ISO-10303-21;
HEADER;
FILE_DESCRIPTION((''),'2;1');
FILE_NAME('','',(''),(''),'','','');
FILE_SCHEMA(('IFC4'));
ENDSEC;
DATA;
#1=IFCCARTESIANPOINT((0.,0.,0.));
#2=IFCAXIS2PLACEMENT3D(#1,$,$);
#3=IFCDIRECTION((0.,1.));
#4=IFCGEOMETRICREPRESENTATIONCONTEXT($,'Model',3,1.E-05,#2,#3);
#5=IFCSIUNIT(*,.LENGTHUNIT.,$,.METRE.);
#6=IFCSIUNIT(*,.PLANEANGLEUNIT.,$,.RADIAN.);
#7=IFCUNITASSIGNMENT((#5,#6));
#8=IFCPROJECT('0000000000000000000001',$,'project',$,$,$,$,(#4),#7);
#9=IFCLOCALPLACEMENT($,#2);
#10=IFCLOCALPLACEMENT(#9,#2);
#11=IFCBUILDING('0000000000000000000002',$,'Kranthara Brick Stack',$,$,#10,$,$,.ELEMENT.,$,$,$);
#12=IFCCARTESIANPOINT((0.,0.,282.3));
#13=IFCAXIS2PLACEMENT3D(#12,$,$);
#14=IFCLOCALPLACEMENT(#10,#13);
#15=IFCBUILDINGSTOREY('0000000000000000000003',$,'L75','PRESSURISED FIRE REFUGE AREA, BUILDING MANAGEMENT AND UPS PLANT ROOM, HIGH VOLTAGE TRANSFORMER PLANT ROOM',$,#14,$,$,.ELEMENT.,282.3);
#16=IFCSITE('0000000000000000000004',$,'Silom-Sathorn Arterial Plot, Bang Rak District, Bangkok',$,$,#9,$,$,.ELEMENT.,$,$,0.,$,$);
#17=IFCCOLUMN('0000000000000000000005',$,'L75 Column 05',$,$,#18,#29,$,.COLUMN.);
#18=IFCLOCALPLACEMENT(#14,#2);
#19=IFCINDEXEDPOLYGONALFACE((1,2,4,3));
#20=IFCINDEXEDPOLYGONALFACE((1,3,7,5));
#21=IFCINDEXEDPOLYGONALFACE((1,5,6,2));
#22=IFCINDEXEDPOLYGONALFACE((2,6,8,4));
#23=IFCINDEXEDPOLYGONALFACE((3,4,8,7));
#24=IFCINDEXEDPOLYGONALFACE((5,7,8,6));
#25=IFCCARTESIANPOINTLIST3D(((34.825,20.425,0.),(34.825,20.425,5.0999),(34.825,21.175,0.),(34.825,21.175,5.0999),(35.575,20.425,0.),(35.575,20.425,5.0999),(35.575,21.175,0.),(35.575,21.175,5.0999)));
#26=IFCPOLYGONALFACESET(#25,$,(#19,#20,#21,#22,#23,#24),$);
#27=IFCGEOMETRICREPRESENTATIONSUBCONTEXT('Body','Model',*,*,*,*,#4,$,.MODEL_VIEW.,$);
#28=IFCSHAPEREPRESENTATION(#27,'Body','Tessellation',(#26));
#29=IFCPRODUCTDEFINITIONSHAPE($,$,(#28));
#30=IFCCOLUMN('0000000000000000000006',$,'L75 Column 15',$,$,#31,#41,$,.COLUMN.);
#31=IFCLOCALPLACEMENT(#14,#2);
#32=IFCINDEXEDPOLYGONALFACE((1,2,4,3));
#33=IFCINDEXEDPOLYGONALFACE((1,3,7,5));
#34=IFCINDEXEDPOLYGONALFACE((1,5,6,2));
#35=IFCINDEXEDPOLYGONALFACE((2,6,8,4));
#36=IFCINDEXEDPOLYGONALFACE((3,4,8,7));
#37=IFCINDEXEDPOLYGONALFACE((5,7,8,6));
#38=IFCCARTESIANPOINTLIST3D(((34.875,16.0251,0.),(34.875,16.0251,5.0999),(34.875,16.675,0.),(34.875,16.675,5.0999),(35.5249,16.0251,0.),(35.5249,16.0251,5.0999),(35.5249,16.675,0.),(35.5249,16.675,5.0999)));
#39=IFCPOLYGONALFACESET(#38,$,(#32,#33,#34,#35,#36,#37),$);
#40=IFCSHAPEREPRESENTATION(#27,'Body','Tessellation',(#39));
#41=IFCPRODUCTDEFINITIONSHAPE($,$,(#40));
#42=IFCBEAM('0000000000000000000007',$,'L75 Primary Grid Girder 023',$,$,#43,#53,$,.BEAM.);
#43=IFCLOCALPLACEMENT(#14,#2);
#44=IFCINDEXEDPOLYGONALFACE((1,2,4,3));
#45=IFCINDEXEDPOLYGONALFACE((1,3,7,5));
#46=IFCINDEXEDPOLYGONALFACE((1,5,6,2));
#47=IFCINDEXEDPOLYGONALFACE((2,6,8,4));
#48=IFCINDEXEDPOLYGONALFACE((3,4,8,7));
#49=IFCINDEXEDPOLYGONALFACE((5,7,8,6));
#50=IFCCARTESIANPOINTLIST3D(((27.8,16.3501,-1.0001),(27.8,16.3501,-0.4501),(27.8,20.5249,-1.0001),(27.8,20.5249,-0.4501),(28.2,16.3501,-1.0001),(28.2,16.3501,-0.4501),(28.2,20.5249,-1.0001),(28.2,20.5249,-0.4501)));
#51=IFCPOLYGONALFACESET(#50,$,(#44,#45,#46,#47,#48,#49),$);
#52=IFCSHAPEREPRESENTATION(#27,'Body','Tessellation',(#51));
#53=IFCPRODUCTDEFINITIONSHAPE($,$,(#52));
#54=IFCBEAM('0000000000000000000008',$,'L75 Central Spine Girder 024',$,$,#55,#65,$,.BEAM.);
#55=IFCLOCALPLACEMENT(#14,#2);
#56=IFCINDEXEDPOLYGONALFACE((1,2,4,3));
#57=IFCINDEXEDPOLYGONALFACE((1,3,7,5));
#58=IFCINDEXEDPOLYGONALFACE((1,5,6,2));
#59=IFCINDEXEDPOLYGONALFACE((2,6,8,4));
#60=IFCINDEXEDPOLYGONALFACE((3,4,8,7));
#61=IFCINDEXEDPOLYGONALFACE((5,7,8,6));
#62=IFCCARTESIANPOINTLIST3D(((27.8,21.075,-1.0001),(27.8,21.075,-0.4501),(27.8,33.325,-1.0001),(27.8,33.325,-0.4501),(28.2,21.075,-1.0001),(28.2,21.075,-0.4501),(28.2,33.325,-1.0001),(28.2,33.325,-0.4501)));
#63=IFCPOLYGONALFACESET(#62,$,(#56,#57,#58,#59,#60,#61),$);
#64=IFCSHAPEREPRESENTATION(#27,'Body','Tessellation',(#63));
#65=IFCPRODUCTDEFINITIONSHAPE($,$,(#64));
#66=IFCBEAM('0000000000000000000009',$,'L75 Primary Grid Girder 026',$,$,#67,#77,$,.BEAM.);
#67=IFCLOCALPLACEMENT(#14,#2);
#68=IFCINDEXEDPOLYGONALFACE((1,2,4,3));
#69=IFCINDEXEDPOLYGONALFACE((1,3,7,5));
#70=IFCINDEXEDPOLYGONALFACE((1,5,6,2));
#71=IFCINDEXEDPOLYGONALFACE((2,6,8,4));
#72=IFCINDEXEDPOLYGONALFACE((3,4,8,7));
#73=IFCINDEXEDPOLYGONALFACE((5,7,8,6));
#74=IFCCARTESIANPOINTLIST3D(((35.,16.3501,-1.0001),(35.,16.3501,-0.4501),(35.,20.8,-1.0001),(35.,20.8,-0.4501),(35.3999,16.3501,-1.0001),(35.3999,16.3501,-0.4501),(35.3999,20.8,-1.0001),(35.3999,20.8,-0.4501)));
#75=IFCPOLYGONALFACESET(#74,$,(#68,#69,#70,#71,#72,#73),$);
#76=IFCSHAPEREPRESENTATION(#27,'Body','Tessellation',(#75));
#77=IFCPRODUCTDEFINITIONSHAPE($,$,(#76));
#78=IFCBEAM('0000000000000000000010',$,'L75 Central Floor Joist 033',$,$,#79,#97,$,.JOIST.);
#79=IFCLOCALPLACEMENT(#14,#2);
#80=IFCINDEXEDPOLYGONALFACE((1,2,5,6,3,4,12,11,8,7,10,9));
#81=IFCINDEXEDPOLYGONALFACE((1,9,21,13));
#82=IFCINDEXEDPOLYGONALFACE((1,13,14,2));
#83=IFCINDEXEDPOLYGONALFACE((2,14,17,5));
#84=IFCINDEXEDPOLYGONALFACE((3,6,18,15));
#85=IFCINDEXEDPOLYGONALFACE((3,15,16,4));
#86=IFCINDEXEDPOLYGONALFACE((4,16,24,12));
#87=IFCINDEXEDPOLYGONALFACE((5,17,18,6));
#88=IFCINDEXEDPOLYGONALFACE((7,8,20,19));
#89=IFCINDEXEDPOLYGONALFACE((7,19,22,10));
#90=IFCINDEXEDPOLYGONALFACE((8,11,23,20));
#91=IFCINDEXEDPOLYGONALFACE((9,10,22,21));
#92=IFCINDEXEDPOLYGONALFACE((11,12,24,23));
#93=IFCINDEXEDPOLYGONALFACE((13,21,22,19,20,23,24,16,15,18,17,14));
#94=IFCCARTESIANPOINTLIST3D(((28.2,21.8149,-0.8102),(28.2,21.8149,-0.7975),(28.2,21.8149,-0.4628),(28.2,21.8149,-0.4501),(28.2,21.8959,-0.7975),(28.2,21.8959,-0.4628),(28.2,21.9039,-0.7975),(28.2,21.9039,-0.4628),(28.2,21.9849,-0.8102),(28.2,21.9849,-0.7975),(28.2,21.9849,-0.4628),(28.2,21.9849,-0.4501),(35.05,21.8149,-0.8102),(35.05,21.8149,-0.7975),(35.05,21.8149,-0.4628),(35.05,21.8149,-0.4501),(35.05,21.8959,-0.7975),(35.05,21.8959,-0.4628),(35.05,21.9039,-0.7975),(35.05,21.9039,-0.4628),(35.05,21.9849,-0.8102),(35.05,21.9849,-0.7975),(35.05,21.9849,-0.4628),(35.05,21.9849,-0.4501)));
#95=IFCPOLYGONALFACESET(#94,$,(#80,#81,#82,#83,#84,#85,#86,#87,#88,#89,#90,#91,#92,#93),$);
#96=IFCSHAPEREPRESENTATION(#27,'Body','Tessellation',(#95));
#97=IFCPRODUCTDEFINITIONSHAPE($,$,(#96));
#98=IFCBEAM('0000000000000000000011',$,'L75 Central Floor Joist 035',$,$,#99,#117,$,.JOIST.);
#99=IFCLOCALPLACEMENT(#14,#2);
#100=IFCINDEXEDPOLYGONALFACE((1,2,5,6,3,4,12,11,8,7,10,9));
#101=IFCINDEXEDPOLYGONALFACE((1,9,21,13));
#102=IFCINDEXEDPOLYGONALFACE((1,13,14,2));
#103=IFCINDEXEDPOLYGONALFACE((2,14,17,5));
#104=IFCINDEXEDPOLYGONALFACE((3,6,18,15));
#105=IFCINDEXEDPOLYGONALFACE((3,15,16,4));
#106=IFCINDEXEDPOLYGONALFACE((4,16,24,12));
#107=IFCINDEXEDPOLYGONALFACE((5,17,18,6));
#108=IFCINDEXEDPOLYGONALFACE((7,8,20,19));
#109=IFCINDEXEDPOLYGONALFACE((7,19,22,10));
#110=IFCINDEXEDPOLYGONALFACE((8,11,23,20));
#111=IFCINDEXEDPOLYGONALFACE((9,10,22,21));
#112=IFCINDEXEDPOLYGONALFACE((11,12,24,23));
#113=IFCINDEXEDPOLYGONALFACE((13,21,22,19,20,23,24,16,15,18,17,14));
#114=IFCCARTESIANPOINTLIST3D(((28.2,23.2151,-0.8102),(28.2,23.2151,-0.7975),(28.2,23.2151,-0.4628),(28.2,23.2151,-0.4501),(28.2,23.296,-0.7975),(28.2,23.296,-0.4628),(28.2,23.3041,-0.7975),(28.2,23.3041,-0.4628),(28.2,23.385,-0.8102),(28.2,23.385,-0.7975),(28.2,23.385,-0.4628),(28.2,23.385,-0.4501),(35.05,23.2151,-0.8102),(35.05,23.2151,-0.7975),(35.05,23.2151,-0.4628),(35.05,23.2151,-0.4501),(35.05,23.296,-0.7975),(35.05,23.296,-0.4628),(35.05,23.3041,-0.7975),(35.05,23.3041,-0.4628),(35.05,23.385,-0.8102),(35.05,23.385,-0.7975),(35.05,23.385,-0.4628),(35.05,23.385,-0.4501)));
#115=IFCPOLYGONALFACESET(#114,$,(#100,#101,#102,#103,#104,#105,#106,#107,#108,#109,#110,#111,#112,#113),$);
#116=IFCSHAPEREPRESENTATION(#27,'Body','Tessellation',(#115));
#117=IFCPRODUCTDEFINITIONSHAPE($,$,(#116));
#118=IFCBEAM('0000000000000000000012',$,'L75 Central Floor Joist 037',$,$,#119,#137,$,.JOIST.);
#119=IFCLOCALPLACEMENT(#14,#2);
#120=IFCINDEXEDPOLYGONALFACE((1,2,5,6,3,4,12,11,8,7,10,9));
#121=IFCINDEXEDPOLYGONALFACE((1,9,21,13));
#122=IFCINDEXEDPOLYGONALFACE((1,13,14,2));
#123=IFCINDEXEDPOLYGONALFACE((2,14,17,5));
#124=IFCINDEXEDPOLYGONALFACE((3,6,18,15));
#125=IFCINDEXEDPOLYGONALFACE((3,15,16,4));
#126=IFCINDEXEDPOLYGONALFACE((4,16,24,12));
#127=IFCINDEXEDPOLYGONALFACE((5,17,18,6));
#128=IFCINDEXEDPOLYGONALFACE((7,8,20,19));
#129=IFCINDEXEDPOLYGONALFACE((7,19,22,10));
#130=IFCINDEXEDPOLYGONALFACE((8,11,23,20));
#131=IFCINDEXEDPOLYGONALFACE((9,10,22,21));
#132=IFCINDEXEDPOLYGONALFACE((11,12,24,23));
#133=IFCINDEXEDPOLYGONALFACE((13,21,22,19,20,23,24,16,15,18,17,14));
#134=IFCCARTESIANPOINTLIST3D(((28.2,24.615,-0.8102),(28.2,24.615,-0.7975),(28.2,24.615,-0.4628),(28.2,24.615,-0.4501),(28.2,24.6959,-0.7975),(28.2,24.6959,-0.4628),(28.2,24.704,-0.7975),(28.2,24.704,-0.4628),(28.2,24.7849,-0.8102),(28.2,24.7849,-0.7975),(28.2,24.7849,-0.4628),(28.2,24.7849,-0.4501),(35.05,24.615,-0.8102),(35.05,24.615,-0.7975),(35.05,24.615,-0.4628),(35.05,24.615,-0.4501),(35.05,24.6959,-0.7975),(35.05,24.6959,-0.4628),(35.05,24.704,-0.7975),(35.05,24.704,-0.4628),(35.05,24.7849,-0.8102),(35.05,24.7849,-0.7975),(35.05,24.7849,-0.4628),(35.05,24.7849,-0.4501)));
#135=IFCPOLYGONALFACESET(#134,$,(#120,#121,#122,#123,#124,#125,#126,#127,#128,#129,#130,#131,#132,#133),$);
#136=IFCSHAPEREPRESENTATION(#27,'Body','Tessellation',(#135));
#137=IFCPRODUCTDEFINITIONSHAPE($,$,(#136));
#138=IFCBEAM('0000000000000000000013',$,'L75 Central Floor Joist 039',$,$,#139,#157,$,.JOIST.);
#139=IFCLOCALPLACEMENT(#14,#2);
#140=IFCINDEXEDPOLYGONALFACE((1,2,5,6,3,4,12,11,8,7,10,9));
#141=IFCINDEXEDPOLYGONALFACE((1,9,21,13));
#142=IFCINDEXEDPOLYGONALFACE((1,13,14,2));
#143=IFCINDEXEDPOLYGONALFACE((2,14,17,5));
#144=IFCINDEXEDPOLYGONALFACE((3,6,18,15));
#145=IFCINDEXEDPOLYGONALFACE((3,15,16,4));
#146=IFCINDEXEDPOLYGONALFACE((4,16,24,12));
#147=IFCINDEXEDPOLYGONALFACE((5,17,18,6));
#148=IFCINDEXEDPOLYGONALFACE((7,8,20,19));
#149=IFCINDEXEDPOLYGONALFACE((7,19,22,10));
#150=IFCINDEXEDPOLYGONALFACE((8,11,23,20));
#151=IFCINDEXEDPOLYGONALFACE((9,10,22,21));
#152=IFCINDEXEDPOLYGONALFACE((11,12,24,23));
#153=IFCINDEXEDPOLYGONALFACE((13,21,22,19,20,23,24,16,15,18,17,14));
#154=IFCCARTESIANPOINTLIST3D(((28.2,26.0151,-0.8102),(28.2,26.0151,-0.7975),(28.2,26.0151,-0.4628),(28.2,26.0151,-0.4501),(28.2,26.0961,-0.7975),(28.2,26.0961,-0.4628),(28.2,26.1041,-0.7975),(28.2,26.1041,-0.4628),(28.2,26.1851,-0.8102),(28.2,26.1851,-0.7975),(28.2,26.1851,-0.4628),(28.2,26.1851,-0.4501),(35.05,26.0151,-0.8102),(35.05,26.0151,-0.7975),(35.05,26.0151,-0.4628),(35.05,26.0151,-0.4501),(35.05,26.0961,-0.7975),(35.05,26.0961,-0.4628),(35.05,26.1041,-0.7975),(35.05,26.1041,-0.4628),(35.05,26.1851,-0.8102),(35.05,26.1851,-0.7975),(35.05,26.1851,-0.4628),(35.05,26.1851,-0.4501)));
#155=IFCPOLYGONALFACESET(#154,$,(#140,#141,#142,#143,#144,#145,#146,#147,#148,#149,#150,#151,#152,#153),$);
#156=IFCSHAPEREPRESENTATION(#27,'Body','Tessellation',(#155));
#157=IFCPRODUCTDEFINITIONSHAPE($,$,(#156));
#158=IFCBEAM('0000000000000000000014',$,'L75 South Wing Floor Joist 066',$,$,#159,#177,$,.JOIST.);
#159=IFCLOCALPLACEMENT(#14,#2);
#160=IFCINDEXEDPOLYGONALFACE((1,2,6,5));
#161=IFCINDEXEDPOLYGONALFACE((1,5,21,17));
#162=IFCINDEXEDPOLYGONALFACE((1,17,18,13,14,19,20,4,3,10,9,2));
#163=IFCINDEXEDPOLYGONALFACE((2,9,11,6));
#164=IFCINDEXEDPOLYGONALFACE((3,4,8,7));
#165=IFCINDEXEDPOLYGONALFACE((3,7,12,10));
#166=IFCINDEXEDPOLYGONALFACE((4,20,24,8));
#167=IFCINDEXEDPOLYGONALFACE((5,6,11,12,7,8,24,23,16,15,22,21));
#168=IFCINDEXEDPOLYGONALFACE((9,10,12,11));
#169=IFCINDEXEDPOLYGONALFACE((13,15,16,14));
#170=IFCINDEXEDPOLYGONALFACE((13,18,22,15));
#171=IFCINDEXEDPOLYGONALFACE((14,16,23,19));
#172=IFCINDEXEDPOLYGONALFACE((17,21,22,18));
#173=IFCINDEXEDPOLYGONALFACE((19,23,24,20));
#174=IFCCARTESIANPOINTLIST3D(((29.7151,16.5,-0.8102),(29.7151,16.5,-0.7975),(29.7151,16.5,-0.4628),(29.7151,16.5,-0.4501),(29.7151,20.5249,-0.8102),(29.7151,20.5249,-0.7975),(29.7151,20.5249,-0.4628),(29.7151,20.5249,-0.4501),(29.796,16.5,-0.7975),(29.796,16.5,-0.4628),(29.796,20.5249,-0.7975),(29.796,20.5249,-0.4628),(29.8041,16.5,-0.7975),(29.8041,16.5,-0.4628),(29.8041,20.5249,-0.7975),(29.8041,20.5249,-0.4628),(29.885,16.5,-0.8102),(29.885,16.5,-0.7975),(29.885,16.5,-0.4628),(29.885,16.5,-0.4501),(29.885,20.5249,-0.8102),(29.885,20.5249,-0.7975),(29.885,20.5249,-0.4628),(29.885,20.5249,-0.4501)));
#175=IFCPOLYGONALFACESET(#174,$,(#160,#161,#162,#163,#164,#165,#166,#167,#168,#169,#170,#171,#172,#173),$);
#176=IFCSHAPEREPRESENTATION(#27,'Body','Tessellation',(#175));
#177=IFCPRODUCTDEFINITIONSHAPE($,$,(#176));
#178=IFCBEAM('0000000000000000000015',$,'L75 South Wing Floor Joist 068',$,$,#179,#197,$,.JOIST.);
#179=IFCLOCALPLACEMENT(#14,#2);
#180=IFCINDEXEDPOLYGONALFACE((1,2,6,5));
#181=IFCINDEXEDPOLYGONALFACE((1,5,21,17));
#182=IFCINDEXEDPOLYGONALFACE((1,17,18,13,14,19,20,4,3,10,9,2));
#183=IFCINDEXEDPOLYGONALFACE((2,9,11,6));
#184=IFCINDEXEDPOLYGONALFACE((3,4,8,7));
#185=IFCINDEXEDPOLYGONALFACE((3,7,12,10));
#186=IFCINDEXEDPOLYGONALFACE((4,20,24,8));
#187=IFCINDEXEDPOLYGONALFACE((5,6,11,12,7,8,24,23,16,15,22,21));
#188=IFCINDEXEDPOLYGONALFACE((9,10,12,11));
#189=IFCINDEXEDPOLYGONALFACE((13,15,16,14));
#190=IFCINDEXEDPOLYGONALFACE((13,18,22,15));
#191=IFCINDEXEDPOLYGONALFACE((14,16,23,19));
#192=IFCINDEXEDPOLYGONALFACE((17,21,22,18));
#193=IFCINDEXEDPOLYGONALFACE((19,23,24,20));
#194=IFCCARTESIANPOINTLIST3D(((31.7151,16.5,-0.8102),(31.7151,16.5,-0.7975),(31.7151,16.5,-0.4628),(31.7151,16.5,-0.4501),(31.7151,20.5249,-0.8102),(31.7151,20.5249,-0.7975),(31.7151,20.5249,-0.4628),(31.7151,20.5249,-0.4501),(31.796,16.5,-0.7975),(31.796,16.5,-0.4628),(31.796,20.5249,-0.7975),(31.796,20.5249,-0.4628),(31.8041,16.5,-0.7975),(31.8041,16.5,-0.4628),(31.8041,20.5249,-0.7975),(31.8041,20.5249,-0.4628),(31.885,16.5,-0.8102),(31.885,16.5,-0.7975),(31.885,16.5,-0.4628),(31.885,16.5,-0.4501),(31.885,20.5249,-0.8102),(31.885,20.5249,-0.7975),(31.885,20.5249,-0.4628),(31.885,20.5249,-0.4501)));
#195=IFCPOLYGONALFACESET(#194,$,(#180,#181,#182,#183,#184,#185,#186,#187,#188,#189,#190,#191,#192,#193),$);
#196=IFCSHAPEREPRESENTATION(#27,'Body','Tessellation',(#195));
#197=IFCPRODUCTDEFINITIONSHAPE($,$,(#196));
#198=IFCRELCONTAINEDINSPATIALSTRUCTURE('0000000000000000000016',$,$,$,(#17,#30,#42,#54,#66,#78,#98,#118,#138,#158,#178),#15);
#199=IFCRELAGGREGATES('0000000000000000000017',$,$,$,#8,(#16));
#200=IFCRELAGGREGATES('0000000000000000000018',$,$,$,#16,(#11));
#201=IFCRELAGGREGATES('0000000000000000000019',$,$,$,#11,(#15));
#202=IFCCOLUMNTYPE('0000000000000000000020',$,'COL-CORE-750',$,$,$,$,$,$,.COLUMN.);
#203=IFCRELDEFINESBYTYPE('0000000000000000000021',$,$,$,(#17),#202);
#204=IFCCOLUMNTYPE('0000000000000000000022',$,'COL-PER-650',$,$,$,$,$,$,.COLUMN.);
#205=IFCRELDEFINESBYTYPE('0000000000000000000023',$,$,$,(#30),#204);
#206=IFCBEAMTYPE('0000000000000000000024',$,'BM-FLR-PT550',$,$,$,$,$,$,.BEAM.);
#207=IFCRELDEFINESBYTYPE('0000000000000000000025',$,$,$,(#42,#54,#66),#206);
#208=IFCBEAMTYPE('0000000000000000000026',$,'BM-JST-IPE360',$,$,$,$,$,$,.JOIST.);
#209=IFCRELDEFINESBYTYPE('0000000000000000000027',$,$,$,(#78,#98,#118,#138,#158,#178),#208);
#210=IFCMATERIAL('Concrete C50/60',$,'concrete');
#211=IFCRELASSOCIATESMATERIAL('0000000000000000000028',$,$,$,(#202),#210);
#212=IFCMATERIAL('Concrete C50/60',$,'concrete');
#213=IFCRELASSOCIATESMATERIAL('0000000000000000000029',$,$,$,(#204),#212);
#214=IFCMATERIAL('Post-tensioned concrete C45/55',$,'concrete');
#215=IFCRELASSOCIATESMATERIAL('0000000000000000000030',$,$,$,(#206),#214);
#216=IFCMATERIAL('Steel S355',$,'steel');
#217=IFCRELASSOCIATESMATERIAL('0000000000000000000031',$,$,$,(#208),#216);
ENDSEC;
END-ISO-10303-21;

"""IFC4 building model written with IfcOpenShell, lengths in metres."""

from ifc_helpers import new_model, si_unit, direction, frame, origin, origin_2d, place, context, subcontext, project, spatial, rectangle, i_section, extrude, material, material_profile, profile_set, type_object, element, save


model = new_model("IFC4")

# Units and contexts
model_context = context("Model", 3, precision=1e-05, world=origin(), true_north=direction((0.0, 1.0)))
body_context = subcontext(model_context, "Body", "Model", "MODEL_VIEW")
ifc_project = project(units=[si_unit("LENGTHUNIT", "METRE"), si_unit("PLANEANGLEUNIT", "RADIAN")], contexts=[model_context])

# Site, building, storey
site_placement = place(None, origin())
site = spatial("IfcSite", under=ifc_project, at=site_placement, Name="Silom-Sathorn Arterial Plot, Bang Rak District, Bangkok", CompositionType="ELEMENT", RefElevation=0.0)
building_placement = place(site_placement, origin())
building = spatial("IfcBuilding", under=site, at=building_placement, Name="Kranthara Brick Stack", CompositionType="ELEMENT")
storey_placement = place(building_placement, frame((0.0, 0.0, 282.3)))
storey = spatial("IfcBuildingStorey", under=building, at=storey_placement, Name="L75", Description="PRESSURISED FIRE REFUGE AREA, BUILDING MANAGEMENT AND UPS PLANT ROOM, HIGH VOLTAGE TRANSFORMER PLANT ROOM", CompositionType="ELEMENT", Elevation=282.3)

# Columns
ifc_material_1 = material(Name="Concrete C50/60", Category="concrete")
ifc_material_profile_1 = material_profile(ifc_material_1, rectangle(XDim=0.75, YDim=0.75, at=origin_2d()), Name="RC 750x750")
ifc_profile_set_1 = profile_set([ifc_material_profile_1], Name="Concrete C50/60")
column_type_1 = type_object("IfcColumnType", Name="COL-CORE-750", PredefinedType="COLUMN", material=ifc_profile_set_1)
column_1_placement = place(storey_placement, frame((35.2, 20.8, 0.0), z_axis=(0.0, 0.0, 1.0), x_axis=(1.0, 0.0, 0.0)))
element("IfcColumn", 1, at=column_1_placement, inside=storey, type_object=column_type_1, Name="L75 Column 05", PredefinedType="COLUMN", context=body_context, shape_type="SweptSolid", body=[
    extrude(rectangle(XDim=0.75, YDim=0.75, at=origin_2d()), origin(), (0.0, 0.0, 1.0), 5.0999),
])
ifc_material_2 = material(Name="Concrete C50/60", Category="concrete")
ifc_material_profile_2 = material_profile(ifc_material_2, rectangle(XDim=0.6499, YDim=0.6499, at=origin_2d()), Name="RC 650x650")
ifc_profile_set_2 = profile_set([ifc_material_profile_2], Name="Concrete C50/60")
column_type_2 = type_object("IfcColumnType", Name="COL-PER-650", PredefinedType="COLUMN", material=ifc_profile_set_2)
column_2_placement = place(storey_placement, frame((35.2, 16.3501, 0.0), z_axis=(0.0, 0.0, 1.0), x_axis=(1.0, 0.0, 0.0)))
element("IfcColumn", 2, at=column_2_placement, inside=storey, type_object=column_type_2, Name="L75 Column 15", PredefinedType="COLUMN", context=body_context, shape_type="SweptSolid", body=[
    extrude(rectangle(XDim=0.6499, YDim=0.6499, at=origin_2d()), origin(), (0.0, 0.0, 1.0), 5.0999),
])

# Beams
ifc_material_3 = material(Name="Post-tensioned concrete C45/55", Category="concrete")
ifc_material_profile_3 = material_profile(ifc_material_3, rectangle(XDim=0.3999, YDim=0.55, at=origin_2d()), Name="PT 400x550")
ifc_profile_set_3 = profile_set([ifc_material_profile_3], Name="Post-tensioned concrete C45/55")
beam_type_1 = type_object("IfcBeamType", Name="BM-FLR-PT550", PredefinedType="BEAM", material=ifc_profile_set_3)
beam_1_placement = place(storey_placement, frame((28.0, 16.3501, -0.7251), z_axis=(0.0, 1.0, 0.0), x_axis=(-1.0, 0.0, 0.0)))
element("IfcBeam", 3, at=beam_1_placement, inside=storey, type_object=beam_type_1, Name="L75 Primary Grid Girder 023", PredefinedType="BEAM", context=body_context, shape_type="SweptSolid", body=[
    extrude(rectangle(XDim=0.3999, YDim=0.55, at=origin_2d()), origin(), (0.0, 0.0, 1.0), 4.1748),
])
beam_2_placement = place(storey_placement, frame((28.0, 21.075, -0.7251), z_axis=(0.0, 1.0, 0.0), x_axis=(-1.0, 0.0, 0.0)))
element("IfcBeam", 4, at=beam_2_placement, inside=storey, type_object=beam_type_1, Name="L75 Central Spine Girder 024", PredefinedType="BEAM", context=body_context, shape_type="SweptSolid", body=[
    extrude(rectangle(XDim=0.3999, YDim=0.55, at=origin_2d()), origin(), (0.0, 0.0, 1.0), 12.25),
])
beam_3_placement = place(storey_placement, frame((35.2, 16.3501, -0.7251), z_axis=(0.0, 1.0, 0.0), x_axis=(-1.0, 0.0, 0.0)))
element("IfcBeam", 5, at=beam_3_placement, inside=storey, type_object=beam_type_1, Name="L75 Primary Grid Girder 026", PredefinedType="BEAM", context=body_context, shape_type="SweptSolid", body=[
    extrude(rectangle(XDim=0.3999, YDim=0.55, at=origin_2d()), origin(), (0.0, 0.0, 1.0), 4.45),
])
ifc_material_4 = material(Name="Steel S355", Category="steel")
ifc_material_profile_4 = material_profile(ifc_material_4, i_section(OverallWidth=0.1699, OverallDepth=0.3601, WebThickness=0.0081, FlangeThickness=0.0127, at=origin_2d()), Name="IPE 360")
ifc_profile_set_4 = profile_set([ifc_material_profile_4], Name="Steel S355")
beam_type_2 = type_object("IfcBeamType", Name="BM-JST-IPE360", PredefinedType="JOIST", material=ifc_profile_set_4)
for number, where, z_axis, x_axis, name in (
    (6, (28.2, 21.8999, -0.6301), (1.0, 0.0, 0.0), (0.0, 1.0, 0.0), "L75 Central Floor Joist 033"),
    (7, (28.2, 23.3, -0.6301), (1.0, 0.0, 0.0), (0.0, 1.0, 0.0), "L75 Central Floor Joist 035"),
    (8, (28.2, 24.7, -0.6301), (1.0, 0.0, 0.0), (0.0, 1.0, 0.0), "L75 Central Floor Joist 037"),
    (9, (28.2, 26.1001, -0.6301), (1.0, 0.0, 0.0), (0.0, 1.0, 0.0), "L75 Central Floor Joist 039"),
):
    element("IfcBeam", number, at=place(storey_placement, frame(where, z_axis=z_axis, x_axis=x_axis)), inside=storey, type_object=beam_type_2, Name=name, PredefinedType="JOIST", context=body_context, shape_type="SweptSolid", body=[
        extrude(i_section(OverallWidth=0.1699, OverallDepth=0.3601, WebThickness=0.0081, FlangeThickness=0.0127, at=origin_2d()), origin(), (0.0, 0.0, 1.0), 6.8501),
    ])
for number, where, z_axis, x_axis, name in (
    (10, (29.8, 16.5, -0.6301), (0.0, 1.0, 0.0), (-1.0, 0.0, 0.0), "L75 South Wing Floor Joist 066"),
    (11, (31.8, 16.5, -0.6301), (0.0, 1.0, 0.0), (-1.0, 0.0, 0.0), "L75 South Wing Floor Joist 068"),
):
    element("IfcBeam", number, at=place(storey_placement, frame(where, z_axis=z_axis, x_axis=x_axis)), inside=storey, type_object=beam_type_2, Name=name, PredefinedType="JOIST", context=body_context, shape_type="SweptSolid", body=[
        extrude(i_section(OverallWidth=0.1699, OverallDepth=0.3601, WebThickness=0.0081, FlangeThickness=0.0127, at=origin_2d()), origin(), (0.0, 0.0, 1.0), 4.0249),
    ])

save(model, "model.ifc")
